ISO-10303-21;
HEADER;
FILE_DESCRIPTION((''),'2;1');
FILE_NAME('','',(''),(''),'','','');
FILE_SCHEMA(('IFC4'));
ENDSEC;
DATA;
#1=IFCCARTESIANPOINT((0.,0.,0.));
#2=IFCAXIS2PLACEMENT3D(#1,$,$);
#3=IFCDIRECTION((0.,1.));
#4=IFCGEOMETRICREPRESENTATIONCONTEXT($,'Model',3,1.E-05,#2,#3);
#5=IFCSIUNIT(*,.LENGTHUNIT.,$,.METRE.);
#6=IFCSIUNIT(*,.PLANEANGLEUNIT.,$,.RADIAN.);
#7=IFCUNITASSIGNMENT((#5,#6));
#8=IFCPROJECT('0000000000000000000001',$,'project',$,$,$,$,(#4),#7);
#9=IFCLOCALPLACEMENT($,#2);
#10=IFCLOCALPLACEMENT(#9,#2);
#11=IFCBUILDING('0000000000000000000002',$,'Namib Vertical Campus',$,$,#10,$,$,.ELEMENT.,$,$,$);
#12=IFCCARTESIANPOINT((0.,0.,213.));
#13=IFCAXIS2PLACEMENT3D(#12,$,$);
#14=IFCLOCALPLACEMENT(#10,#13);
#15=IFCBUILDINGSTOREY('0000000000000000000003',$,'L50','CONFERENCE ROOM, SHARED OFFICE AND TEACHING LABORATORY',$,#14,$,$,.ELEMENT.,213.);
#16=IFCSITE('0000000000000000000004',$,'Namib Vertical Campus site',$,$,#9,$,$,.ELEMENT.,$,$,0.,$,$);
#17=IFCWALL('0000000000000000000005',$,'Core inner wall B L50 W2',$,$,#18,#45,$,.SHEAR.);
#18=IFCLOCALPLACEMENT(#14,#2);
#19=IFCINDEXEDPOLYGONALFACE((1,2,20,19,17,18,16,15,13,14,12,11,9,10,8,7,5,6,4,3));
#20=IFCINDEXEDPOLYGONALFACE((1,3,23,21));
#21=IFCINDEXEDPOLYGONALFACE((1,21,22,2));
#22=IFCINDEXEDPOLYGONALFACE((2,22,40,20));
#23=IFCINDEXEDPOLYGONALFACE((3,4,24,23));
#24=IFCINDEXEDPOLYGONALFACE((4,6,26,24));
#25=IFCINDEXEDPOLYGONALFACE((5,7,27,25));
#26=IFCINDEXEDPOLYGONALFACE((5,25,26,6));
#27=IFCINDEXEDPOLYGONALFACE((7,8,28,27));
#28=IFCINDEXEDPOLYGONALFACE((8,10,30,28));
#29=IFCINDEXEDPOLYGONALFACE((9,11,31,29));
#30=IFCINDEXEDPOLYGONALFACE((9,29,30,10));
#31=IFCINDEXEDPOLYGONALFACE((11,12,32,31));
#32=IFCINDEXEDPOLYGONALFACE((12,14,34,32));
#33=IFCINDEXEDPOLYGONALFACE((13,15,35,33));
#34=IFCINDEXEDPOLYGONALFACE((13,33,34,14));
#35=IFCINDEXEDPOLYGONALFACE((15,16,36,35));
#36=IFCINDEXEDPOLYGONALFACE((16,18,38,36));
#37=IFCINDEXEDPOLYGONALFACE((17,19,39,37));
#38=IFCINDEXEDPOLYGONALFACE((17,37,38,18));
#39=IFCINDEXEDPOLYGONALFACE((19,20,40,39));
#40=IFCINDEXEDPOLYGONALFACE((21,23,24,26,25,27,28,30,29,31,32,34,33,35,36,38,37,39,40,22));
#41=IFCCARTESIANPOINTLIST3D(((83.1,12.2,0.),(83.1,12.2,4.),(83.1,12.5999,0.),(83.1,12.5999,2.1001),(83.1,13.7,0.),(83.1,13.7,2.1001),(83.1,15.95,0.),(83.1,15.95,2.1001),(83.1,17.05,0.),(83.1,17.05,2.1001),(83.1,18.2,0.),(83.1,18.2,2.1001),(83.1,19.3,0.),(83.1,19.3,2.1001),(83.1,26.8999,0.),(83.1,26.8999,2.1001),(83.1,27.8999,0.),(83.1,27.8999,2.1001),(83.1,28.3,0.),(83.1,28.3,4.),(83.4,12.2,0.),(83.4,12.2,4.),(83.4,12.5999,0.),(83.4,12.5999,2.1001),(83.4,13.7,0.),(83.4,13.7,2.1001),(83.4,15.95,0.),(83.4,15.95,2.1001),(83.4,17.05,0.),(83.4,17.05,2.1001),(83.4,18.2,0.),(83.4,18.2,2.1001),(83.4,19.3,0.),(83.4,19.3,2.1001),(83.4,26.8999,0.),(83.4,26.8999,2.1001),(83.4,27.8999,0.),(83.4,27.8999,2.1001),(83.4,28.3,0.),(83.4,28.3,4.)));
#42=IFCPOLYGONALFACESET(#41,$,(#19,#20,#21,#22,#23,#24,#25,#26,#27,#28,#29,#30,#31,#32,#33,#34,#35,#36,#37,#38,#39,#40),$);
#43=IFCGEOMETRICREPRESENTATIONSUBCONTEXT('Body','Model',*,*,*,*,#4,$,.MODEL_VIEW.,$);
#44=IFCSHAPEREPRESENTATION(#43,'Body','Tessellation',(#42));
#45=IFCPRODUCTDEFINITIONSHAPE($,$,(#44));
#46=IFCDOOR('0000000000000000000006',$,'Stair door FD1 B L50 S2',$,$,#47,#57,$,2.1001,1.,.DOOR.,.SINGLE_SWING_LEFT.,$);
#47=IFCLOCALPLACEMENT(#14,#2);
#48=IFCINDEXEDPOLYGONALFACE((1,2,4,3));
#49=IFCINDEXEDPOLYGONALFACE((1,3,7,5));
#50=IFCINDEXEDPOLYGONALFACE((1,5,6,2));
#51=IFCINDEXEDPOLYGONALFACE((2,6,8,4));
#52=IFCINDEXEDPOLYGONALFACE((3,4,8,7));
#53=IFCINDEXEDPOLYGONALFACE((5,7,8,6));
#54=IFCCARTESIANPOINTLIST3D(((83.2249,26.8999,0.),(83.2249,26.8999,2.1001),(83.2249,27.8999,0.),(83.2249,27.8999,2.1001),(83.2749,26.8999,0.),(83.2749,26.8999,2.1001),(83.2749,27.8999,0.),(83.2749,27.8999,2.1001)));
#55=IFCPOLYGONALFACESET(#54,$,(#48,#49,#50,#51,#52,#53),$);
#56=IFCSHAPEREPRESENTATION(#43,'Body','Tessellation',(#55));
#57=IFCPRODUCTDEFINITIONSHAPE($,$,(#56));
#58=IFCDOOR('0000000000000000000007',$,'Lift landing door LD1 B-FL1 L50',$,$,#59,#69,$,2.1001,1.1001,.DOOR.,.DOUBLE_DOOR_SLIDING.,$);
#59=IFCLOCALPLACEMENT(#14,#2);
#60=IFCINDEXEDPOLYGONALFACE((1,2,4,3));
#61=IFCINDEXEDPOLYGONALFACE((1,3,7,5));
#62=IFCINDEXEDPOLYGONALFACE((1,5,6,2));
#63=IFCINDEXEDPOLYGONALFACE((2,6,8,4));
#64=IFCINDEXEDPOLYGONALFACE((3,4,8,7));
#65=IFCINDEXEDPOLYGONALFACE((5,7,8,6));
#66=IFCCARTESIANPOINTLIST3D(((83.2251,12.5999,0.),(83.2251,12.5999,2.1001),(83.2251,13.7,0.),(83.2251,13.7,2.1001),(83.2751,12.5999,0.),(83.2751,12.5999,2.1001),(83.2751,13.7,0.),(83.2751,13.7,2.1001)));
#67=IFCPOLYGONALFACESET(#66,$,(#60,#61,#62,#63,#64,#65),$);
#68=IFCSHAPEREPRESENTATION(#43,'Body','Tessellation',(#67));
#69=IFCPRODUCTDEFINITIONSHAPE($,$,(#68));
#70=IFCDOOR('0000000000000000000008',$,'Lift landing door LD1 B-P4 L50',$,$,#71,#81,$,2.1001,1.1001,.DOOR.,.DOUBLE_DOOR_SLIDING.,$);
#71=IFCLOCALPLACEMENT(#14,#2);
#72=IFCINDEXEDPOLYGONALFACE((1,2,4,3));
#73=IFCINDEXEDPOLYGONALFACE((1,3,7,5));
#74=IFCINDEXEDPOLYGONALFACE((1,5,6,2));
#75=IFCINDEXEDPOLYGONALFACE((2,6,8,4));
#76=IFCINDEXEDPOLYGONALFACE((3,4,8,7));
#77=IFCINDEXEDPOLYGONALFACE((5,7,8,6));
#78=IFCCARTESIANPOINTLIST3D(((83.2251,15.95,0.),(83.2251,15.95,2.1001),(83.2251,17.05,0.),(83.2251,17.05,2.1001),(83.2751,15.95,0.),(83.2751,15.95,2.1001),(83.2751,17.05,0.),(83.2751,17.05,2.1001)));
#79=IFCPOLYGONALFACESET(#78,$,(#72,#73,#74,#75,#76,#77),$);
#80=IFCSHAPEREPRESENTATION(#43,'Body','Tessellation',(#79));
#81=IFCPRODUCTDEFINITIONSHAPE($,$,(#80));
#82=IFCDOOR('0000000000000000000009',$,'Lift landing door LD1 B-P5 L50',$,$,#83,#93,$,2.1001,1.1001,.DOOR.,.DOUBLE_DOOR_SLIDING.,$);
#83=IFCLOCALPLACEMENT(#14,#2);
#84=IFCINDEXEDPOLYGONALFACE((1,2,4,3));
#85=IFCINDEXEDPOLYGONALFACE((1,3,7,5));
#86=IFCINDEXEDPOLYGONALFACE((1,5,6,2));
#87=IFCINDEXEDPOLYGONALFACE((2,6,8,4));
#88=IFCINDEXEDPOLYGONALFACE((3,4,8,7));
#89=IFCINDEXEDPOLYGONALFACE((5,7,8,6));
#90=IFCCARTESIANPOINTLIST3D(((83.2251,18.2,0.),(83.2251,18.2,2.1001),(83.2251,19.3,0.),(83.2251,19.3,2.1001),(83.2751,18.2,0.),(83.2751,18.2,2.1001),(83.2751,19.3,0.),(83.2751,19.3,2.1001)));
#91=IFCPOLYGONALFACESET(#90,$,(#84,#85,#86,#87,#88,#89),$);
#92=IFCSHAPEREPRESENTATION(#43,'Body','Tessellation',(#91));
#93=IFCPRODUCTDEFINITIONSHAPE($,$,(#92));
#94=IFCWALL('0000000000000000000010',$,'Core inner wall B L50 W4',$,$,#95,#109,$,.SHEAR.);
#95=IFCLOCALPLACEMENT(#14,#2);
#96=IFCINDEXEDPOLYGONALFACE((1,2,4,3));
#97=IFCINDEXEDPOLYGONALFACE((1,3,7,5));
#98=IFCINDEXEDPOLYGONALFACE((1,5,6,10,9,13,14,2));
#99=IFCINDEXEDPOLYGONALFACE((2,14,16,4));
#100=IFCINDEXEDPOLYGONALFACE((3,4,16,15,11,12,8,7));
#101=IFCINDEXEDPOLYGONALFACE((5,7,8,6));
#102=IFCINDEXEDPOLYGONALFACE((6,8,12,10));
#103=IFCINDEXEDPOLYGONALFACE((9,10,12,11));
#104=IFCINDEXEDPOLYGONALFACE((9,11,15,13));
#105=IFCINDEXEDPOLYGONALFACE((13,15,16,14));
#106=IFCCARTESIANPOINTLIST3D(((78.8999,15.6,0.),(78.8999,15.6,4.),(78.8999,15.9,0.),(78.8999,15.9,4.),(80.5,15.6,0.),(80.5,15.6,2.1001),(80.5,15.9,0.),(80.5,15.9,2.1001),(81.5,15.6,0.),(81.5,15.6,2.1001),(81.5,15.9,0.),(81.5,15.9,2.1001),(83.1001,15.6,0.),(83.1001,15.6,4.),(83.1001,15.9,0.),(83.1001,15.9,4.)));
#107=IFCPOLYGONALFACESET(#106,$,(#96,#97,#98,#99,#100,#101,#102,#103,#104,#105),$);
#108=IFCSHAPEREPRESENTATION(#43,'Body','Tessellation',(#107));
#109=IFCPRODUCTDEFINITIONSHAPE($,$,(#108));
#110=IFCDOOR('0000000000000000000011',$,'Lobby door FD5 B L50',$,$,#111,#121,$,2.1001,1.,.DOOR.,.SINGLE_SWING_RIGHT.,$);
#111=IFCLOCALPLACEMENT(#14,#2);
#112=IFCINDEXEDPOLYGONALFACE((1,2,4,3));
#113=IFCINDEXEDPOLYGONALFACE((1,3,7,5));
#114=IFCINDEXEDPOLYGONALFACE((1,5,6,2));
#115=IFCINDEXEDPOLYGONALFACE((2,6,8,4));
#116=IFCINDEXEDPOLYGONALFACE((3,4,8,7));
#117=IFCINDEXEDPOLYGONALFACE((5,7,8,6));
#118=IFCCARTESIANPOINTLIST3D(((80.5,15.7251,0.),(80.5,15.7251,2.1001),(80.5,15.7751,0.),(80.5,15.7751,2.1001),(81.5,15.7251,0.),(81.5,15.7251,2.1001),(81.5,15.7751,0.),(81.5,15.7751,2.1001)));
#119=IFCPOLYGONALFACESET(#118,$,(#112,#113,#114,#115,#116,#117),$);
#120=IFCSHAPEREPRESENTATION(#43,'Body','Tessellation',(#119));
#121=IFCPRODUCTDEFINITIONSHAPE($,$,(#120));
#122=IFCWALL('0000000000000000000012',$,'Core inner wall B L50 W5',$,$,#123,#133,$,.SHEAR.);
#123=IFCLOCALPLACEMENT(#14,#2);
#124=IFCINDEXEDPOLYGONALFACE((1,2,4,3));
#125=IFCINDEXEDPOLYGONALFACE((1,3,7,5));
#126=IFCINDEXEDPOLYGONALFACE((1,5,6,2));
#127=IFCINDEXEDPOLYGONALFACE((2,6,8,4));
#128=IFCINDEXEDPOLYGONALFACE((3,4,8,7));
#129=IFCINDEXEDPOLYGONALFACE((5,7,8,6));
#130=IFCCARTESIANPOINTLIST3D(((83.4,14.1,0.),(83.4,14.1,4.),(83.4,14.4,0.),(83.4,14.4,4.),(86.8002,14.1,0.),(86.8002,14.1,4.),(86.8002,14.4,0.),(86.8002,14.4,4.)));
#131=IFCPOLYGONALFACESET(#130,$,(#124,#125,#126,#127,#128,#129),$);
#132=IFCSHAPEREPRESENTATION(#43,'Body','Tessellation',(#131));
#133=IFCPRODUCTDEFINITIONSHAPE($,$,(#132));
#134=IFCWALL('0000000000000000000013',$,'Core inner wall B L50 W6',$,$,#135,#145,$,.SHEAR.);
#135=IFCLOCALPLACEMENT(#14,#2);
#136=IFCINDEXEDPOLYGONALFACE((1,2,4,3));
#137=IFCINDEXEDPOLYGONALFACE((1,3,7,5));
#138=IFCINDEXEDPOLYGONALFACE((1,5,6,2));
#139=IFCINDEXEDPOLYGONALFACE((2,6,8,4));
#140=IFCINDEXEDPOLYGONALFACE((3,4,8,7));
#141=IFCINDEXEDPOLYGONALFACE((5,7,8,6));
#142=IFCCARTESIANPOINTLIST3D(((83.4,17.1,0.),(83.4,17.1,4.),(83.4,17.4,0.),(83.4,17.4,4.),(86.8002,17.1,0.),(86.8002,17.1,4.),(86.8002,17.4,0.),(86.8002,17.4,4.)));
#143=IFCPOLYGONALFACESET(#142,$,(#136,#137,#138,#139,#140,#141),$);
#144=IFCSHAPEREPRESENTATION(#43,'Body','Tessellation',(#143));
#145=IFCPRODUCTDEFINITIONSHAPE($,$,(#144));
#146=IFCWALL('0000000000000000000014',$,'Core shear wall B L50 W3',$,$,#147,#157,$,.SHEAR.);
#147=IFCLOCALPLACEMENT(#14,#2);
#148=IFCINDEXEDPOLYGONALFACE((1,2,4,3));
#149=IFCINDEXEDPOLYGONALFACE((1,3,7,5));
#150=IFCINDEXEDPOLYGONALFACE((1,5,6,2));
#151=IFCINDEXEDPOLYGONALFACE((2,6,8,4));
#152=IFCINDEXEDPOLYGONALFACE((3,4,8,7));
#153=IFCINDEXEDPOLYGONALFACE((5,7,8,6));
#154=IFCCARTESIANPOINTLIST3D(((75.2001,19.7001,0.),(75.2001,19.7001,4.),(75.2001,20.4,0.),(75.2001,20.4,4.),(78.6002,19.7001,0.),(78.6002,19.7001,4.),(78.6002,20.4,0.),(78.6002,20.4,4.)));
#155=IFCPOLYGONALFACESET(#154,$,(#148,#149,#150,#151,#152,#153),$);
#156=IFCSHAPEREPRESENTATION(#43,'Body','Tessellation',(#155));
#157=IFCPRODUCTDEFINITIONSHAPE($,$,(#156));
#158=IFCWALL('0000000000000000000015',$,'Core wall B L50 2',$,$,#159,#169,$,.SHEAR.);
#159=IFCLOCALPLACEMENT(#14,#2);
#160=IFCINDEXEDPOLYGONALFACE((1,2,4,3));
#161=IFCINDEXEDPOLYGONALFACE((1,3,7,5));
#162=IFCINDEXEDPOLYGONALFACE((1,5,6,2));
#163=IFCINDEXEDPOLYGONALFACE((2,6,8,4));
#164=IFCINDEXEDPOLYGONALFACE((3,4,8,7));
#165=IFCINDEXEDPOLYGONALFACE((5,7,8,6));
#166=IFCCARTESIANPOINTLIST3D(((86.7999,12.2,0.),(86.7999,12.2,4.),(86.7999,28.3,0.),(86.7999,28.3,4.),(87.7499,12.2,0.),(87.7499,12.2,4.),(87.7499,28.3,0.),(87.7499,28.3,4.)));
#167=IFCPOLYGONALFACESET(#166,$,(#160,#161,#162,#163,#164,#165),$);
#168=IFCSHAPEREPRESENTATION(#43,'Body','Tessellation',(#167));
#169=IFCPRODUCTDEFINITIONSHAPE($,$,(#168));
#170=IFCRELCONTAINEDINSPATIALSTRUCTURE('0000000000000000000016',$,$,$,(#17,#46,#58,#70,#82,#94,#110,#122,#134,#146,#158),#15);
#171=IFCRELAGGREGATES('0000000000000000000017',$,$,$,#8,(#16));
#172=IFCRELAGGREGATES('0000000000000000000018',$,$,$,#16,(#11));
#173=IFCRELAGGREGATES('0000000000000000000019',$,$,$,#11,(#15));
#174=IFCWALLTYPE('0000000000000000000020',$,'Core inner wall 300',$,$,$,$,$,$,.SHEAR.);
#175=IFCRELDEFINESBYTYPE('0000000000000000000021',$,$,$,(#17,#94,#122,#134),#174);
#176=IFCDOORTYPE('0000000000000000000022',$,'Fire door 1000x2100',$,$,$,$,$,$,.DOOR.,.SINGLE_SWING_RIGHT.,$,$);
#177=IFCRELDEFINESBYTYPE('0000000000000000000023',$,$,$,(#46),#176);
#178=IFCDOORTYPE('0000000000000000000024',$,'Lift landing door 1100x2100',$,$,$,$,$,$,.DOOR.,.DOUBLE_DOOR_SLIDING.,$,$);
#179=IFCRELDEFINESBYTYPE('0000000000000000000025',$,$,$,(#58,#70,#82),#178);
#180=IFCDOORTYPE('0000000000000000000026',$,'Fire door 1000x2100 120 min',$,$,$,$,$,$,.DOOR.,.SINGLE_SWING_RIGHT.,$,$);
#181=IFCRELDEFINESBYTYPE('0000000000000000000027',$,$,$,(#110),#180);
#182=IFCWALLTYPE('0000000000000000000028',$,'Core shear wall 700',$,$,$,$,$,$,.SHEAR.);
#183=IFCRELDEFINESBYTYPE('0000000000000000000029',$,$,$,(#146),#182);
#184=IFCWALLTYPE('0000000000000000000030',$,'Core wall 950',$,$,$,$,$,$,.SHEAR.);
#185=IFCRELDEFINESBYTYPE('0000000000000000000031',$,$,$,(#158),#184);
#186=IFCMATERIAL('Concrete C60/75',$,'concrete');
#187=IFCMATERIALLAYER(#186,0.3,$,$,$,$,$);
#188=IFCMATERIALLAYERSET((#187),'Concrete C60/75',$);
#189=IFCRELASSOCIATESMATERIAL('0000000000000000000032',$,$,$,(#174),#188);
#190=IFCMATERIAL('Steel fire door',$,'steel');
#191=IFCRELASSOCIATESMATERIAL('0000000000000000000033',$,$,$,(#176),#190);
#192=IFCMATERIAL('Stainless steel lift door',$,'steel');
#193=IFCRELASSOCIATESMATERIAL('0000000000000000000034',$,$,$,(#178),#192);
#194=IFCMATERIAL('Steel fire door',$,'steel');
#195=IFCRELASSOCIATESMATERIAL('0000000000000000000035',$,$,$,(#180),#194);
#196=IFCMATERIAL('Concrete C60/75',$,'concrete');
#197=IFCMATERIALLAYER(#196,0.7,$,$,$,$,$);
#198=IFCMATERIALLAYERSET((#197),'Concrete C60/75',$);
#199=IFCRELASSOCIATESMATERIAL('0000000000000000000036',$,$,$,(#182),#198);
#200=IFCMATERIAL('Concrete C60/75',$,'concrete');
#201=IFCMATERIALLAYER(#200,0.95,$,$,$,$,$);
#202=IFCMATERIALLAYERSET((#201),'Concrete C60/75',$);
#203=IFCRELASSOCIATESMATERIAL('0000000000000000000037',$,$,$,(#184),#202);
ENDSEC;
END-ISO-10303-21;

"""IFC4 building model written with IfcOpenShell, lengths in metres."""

from ifc_helpers import new_model, si_unit, direction, frame, frame_2d, origin, place, context, subcontext, project, spatial, rectangle, extrude, material, layer, layer_set, type_object, element, fill, save


model = new_model("IFC4")

# Units and contexts
model_context = context("Model", 3, precision=1e-05, world=origin(), true_north=direction((0.0, 1.0)))
body_context = subcontext(model_context, "Body", "Model", "MODEL_VIEW")
ifc_project = project(units=[si_unit("LENGTHUNIT", "METRE"), si_unit("PLANEANGLEUNIT", "RADIAN")], contexts=[model_context])

# Site, building, storey
site_placement = place(None, origin())
site = spatial("IfcSite", under=ifc_project, at=site_placement, Name="Namib Vertical Campus site", CompositionType="ELEMENT", RefElevation=0.0)
building_placement = place(site_placement, origin())
building = spatial("IfcBuilding", under=site, at=building_placement, Name="Namib Vertical Campus", CompositionType="ELEMENT")
storey_placement = place(building_placement, frame((0.0, 0.0, 213.0)))
storey = spatial("IfcBuildingStorey", under=building, at=storey_placement, Name="L50", Description="CONFERENCE ROOM, SHARED OFFICE AND TEACHING LABORATORY", CompositionType="ELEMENT", Elevation=213.0)

# Wall, openings, doors
ifc_material_1 = material(Name="Concrete C60/75", Category="concrete")
ifc_layer_1 = layer(ifc_material_1, 0.3)
ifc_layer_set_1 = layer_set([ifc_layer_1], Name="Concrete C60/75")
wall_type_1 = type_object("IfcWallType", Name="Core inner wall 300", PredefinedType="SHEAR", material=ifc_layer_set_1)
ifc_material_2 = material(Name="Steel fire door", Category="steel")
door_type_1 = type_object("IfcDoorType", Name="Fire door 1000x2100", OperationType="SINGLE_SWING_RIGHT", PredefinedType="DOOR", material=ifc_material_2)
ifc_material_3 = material(Name="Stainless steel lift door", Category="steel")
door_type_2 = type_object("IfcDoorType", Name="Lift landing door 1100x2100", OperationType="DOUBLE_DOOR_SLIDING", PredefinedType="DOOR", material=ifc_material_3)
wall_1_placement = place(storey_placement, frame((83.25, 12.2, 0.0), z_axis=(0.0, 0.0, 1.0), x_axis=(0.0, 1.0, 0.0)))
wall_1 = element("IfcWall", 1, at=wall_1_placement, inside=storey, type_object=wall_type_1, Name="Core inner wall B L50 W2", PredefinedType="SHEAR", context=body_context, shape_type="SweptSolid", body=[
    extrude(rectangle(XDim=16.1001, YDim=0.3, at=frame_2d((8.05, 0.0))), origin(), (0.0, 0.0, 1.0), 4.0),
])
opening_1_placement = place(wall_1_placement, frame((14.7, 0.0, 0.0)))
opening_1 = element("IfcOpeningElement", 2, at=opening_1_placement, cuts=wall_1, PredefinedType="OPENING", context=body_context, shape_type="SweptSolid", body=[
    extrude(rectangle(XDim=1.0, YDim=2.1001, at=frame_2d((0.5, 1.05))), frame((0.0, 0.1599, 0.0), z_axis=(0.0, -1.0, 0.0), x_axis=(1.0, 0.0, 0.0)), (0.0, 0.0, 1.0), 0.3201),
])
opening_2_placement = place(wall_1_placement, frame((0.3999, 0.0, 0.0)))
opening_2 = element("IfcOpeningElement", 3, at=opening_2_placement, cuts=wall_1, PredefinedType="OPENING", context=body_context, shape_type="SweptSolid", body=[
    extrude(rectangle(XDim=1.1001, YDim=2.1001, at=frame_2d((0.55, 1.05))), frame((0.0, 0.1599, 0.0), z_axis=(0.0, -1.0, 0.0), x_axis=(1.0, 0.0, 0.0)), (0.0, 0.0, 1.0), 0.3201),
])
opening_3_placement = place(wall_1_placement, frame((3.75, 0.0, 0.0)))
opening_3 = element("IfcOpeningElement", 4, at=opening_3_placement, cuts=wall_1, PredefinedType="OPENING", context=body_context, shape_type="SweptSolid", body=[
    extrude(rectangle(XDim=1.1001, YDim=2.1001, at=frame_2d((0.55, 1.05))), frame((0.0, 0.1599, 0.0), z_axis=(0.0, -1.0, 0.0), x_axis=(1.0, 0.0, 0.0)), (0.0, 0.0, 1.0), 0.3201),
])
opening_4_placement = place(wall_1_placement, frame((6.0, 0.0, 0.0)))
opening_4 = element("IfcOpeningElement", 5, at=opening_4_placement, cuts=wall_1, PredefinedType="OPENING", context=body_context, shape_type="SweptSolid", body=[
    extrude(rectangle(XDim=1.1001, YDim=2.1001, at=frame_2d((0.55, 1.05))), frame((0.0, 0.1599, 0.0), z_axis=(0.0, -1.0, 0.0), x_axis=(1.0, 0.0, 0.0)), (0.0, 0.0, 1.0), 0.3201),
])
door_1_placement = place(opening_1_placement, frame((1.0, 0.0, 0.0), z_axis=(0.0, 0.0, 1.0), x_axis=(-1.0, 0.0, 0.0)))
door_1 = element("IfcDoor", 6, at=door_1_placement, inside=storey, type_object=door_type_1, Name="Stair door FD1 B L50 S2", OperationType="SINGLE_SWING_LEFT", OverallHeight=2.1001, OverallWidth=1.0, PredefinedType="DOOR", context=body_context, shape_type="SweptSolid", body=[
    extrude(rectangle(XDim=1.0, YDim=2.1001, at=frame_2d((0.5, 1.05))), frame((0.0, 0.0249, 0.0), z_axis=(0.0, -1.0, 0.0), x_axis=(1.0, 0.0, 0.0)), (0.0, 0.0, 1.0), 0.05),
])
fill(opening_1, door_1)
door_2_placement = place(opening_2_placement, origin())
door_2 = element("IfcDoor", 7, at=door_2_placement, inside=storey, type_object=door_type_2, Name="Lift landing door LD1 B-FL1 L50", OperationType="DOUBLE_DOOR_SLIDING", OverallHeight=2.1001, OverallWidth=1.1001, PredefinedType="DOOR", context=body_context, shape_type="SweptSolid", body=[
    extrude(rectangle(XDim=1.1001, YDim=2.1001, at=frame_2d((0.55, 1.05))), frame((0.0, 0.0249, 0.0), z_axis=(0.0, -1.0, 0.0), x_axis=(1.0, 0.0, 0.0)), (0.0, 0.0, 1.0), 0.05),
])
fill(opening_2, door_2)
door_3_placement = place(opening_3_placement, origin())
door_3 = element("IfcDoor", 8, at=door_3_placement, inside=storey, type_object=door_type_2, Name="Lift landing door LD1 B-P4 L50", OperationType="DOUBLE_DOOR_SLIDING", OverallHeight=2.1001, OverallWidth=1.1001, PredefinedType="DOOR", context=body_context, shape_type="SweptSolid", body=[
    extrude(rectangle(XDim=1.1001, YDim=2.1001, at=frame_2d((0.55, 1.05))), frame((0.0, 0.0249, 0.0), z_axis=(0.0, -1.0, 0.0), x_axis=(1.0, 0.0, 0.0)), (0.0, 0.0, 1.0), 0.05),
])
fill(opening_3, door_3)
door_4_placement = place(opening_4_placement, origin())
door_4 = element("IfcDoor", 9, at=door_4_placement, inside=storey, type_object=door_type_2, Name="Lift landing door LD1 B-P5 L50", OperationType="DOUBLE_DOOR_SLIDING", OverallHeight=2.1001, OverallWidth=1.1001, PredefinedType="DOOR", context=body_context, shape_type="SweptSolid", body=[
    extrude(rectangle(XDim=1.1001, YDim=2.1001, at=frame_2d((0.55, 1.05))), frame((0.0, 0.0249, 0.0), z_axis=(0.0, -1.0, 0.0), x_axis=(1.0, 0.0, 0.0)), (0.0, 0.0, 1.0), 0.05),
])
fill(opening_4, door_4)

# Wall, opening, door
wall_2_placement = place(storey_placement, frame((78.8999, 15.75, 0.0), z_axis=(0.0, 0.0, 1.0), x_axis=(1.0, 0.0, 0.0)))
wall_2 = element("IfcWall", 10, at=wall_2_placement, inside=storey, type_object=wall_type_1, Name="Core inner wall B L50 W4", PredefinedType="SHEAR", context=body_context, shape_type="SweptSolid", body=[
    extrude(rectangle(XDim=4.2002, YDim=0.3, at=frame_2d((2.1001, 0.0))), origin(), (0.0, 0.0, 1.0), 4.0),
])
opening_5_placement = place(wall_2_placement, frame((1.6001, 0.0, 0.0)))
opening_5 = element("IfcOpeningElement", 11, at=opening_5_placement, cuts=wall_2, PredefinedType="OPENING", context=body_context, shape_type="SweptSolid", body=[
    extrude(rectangle(XDim=1.0, YDim=2.1001, at=frame_2d((0.5, 1.05))), frame((0.0, 0.1599, 0.0), z_axis=(0.0, -1.0, 0.0), x_axis=(1.0, 0.0, 0.0)), (0.0, 0.0, 1.0), 0.3201),
])
ifc_material_4 = material(Name="Steel fire door", Category="steel")
door_type_3 = type_object("IfcDoorType", Name="Fire door 1000x2100 120 min", OperationType="SINGLE_SWING_RIGHT", PredefinedType="DOOR", material=ifc_material_4)
door_5_placement = place(opening_5_placement, frame((1.0, 0.0, 0.0), z_axis=(0.0, 0.0, 1.0), x_axis=(-1.0, 0.0, 0.0)))
door_5 = element("IfcDoor", 12, at=door_5_placement, inside=storey, type_object=door_type_3, Name="Lobby door FD5 B L50", OperationType="SINGLE_SWING_RIGHT", OverallHeight=2.1001, OverallWidth=1.0, PredefinedType="DOOR", context=body_context, shape_type="SweptSolid", body=[
    extrude(rectangle(XDim=1.0, YDim=2.1001, at=frame_2d((0.5, 1.05))), frame((0.0, 0.0249, 0.0), z_axis=(0.0, -1.0, 0.0), x_axis=(1.0, 0.0, 0.0)), (0.0, 0.0, 1.0), 0.05),
])
fill(opening_5, door_5)

# Walls
for number, where, z_axis, x_axis, name in (
    (13, (83.3999, 14.25, 0.0), (0.0, 0.0, 1.0), (1.0, 0.0, 0.0), "Core inner wall B L50 W5"),
    (14, (83.3999, 17.25, 0.0), (0.0, 0.0, 1.0), (1.0, 0.0, 0.0), "Core inner wall B L50 W6"),
):
    element("IfcWall", number, at=place(storey_placement, frame(where, z_axis=z_axis, x_axis=x_axis)), inside=storey, type_object=wall_type_1, Name=name, PredefinedType="SHEAR", context=body_context, shape_type="SweptSolid", body=[
        extrude(rectangle(XDim=3.4001, YDim=0.3, at=frame_2d((1.7002, 0.0))), origin(), (0.0, 0.0, 1.0), 4.0),
    ])
ifc_material_5 = material(Name="Concrete C60/75", Category="concrete")
ifc_layer_2 = layer(ifc_material_5, 0.7)
ifc_layer_set_2 = layer_set([ifc_layer_2], Name="Concrete C60/75")
wall_type_2 = type_object("IfcWallType", Name="Core shear wall 700", PredefinedType="SHEAR", material=ifc_layer_set_2)
wall_3_placement = place(storey_placement, frame((75.2, 20.05, 0.0), z_axis=(0.0, 0.0, 1.0), x_axis=(1.0, 0.0, 0.0)))
element("IfcWall", 15, at=wall_3_placement, inside=storey, type_object=wall_type_2, Name="Core shear wall B L50 W3", PredefinedType="SHEAR", context=body_context, shape_type="SweptSolid", body=[
    extrude(rectangle(XDim=3.4001, YDim=0.7, at=frame_2d((1.7002, 0.0))), origin(), (0.0, 0.0, 1.0), 4.0),
])
ifc_material_6 = material(Name="Concrete C60/75", Category="concrete")
ifc_layer_3 = layer(ifc_material_6, 0.95)
ifc_layer_set_3 = layer_set([ifc_layer_3], Name="Concrete C60/75")
wall_type_3 = type_object("IfcWallType", Name="Core wall 950", PredefinedType="SHEAR", material=ifc_layer_set_3)
wall_4_placement = place(storey_placement, frame((87.2749, 12.2, 0.0), z_axis=(0.0, 0.0, 1.0), x_axis=(0.0, 1.0, 0.0)))
element("IfcWall", 16, at=wall_4_placement, inside=storey, type_object=wall_type_3, Name="Core wall B L50 2", PredefinedType="SHEAR", context=body_context, shape_type="SweptSolid", body=[
    extrude(rectangle(XDim=16.1001, YDim=0.95, at=frame_2d((8.05, 0.0))), origin(), (0.0, 0.0, 1.0), 4.0),
])

save(model, "model.ifc")
